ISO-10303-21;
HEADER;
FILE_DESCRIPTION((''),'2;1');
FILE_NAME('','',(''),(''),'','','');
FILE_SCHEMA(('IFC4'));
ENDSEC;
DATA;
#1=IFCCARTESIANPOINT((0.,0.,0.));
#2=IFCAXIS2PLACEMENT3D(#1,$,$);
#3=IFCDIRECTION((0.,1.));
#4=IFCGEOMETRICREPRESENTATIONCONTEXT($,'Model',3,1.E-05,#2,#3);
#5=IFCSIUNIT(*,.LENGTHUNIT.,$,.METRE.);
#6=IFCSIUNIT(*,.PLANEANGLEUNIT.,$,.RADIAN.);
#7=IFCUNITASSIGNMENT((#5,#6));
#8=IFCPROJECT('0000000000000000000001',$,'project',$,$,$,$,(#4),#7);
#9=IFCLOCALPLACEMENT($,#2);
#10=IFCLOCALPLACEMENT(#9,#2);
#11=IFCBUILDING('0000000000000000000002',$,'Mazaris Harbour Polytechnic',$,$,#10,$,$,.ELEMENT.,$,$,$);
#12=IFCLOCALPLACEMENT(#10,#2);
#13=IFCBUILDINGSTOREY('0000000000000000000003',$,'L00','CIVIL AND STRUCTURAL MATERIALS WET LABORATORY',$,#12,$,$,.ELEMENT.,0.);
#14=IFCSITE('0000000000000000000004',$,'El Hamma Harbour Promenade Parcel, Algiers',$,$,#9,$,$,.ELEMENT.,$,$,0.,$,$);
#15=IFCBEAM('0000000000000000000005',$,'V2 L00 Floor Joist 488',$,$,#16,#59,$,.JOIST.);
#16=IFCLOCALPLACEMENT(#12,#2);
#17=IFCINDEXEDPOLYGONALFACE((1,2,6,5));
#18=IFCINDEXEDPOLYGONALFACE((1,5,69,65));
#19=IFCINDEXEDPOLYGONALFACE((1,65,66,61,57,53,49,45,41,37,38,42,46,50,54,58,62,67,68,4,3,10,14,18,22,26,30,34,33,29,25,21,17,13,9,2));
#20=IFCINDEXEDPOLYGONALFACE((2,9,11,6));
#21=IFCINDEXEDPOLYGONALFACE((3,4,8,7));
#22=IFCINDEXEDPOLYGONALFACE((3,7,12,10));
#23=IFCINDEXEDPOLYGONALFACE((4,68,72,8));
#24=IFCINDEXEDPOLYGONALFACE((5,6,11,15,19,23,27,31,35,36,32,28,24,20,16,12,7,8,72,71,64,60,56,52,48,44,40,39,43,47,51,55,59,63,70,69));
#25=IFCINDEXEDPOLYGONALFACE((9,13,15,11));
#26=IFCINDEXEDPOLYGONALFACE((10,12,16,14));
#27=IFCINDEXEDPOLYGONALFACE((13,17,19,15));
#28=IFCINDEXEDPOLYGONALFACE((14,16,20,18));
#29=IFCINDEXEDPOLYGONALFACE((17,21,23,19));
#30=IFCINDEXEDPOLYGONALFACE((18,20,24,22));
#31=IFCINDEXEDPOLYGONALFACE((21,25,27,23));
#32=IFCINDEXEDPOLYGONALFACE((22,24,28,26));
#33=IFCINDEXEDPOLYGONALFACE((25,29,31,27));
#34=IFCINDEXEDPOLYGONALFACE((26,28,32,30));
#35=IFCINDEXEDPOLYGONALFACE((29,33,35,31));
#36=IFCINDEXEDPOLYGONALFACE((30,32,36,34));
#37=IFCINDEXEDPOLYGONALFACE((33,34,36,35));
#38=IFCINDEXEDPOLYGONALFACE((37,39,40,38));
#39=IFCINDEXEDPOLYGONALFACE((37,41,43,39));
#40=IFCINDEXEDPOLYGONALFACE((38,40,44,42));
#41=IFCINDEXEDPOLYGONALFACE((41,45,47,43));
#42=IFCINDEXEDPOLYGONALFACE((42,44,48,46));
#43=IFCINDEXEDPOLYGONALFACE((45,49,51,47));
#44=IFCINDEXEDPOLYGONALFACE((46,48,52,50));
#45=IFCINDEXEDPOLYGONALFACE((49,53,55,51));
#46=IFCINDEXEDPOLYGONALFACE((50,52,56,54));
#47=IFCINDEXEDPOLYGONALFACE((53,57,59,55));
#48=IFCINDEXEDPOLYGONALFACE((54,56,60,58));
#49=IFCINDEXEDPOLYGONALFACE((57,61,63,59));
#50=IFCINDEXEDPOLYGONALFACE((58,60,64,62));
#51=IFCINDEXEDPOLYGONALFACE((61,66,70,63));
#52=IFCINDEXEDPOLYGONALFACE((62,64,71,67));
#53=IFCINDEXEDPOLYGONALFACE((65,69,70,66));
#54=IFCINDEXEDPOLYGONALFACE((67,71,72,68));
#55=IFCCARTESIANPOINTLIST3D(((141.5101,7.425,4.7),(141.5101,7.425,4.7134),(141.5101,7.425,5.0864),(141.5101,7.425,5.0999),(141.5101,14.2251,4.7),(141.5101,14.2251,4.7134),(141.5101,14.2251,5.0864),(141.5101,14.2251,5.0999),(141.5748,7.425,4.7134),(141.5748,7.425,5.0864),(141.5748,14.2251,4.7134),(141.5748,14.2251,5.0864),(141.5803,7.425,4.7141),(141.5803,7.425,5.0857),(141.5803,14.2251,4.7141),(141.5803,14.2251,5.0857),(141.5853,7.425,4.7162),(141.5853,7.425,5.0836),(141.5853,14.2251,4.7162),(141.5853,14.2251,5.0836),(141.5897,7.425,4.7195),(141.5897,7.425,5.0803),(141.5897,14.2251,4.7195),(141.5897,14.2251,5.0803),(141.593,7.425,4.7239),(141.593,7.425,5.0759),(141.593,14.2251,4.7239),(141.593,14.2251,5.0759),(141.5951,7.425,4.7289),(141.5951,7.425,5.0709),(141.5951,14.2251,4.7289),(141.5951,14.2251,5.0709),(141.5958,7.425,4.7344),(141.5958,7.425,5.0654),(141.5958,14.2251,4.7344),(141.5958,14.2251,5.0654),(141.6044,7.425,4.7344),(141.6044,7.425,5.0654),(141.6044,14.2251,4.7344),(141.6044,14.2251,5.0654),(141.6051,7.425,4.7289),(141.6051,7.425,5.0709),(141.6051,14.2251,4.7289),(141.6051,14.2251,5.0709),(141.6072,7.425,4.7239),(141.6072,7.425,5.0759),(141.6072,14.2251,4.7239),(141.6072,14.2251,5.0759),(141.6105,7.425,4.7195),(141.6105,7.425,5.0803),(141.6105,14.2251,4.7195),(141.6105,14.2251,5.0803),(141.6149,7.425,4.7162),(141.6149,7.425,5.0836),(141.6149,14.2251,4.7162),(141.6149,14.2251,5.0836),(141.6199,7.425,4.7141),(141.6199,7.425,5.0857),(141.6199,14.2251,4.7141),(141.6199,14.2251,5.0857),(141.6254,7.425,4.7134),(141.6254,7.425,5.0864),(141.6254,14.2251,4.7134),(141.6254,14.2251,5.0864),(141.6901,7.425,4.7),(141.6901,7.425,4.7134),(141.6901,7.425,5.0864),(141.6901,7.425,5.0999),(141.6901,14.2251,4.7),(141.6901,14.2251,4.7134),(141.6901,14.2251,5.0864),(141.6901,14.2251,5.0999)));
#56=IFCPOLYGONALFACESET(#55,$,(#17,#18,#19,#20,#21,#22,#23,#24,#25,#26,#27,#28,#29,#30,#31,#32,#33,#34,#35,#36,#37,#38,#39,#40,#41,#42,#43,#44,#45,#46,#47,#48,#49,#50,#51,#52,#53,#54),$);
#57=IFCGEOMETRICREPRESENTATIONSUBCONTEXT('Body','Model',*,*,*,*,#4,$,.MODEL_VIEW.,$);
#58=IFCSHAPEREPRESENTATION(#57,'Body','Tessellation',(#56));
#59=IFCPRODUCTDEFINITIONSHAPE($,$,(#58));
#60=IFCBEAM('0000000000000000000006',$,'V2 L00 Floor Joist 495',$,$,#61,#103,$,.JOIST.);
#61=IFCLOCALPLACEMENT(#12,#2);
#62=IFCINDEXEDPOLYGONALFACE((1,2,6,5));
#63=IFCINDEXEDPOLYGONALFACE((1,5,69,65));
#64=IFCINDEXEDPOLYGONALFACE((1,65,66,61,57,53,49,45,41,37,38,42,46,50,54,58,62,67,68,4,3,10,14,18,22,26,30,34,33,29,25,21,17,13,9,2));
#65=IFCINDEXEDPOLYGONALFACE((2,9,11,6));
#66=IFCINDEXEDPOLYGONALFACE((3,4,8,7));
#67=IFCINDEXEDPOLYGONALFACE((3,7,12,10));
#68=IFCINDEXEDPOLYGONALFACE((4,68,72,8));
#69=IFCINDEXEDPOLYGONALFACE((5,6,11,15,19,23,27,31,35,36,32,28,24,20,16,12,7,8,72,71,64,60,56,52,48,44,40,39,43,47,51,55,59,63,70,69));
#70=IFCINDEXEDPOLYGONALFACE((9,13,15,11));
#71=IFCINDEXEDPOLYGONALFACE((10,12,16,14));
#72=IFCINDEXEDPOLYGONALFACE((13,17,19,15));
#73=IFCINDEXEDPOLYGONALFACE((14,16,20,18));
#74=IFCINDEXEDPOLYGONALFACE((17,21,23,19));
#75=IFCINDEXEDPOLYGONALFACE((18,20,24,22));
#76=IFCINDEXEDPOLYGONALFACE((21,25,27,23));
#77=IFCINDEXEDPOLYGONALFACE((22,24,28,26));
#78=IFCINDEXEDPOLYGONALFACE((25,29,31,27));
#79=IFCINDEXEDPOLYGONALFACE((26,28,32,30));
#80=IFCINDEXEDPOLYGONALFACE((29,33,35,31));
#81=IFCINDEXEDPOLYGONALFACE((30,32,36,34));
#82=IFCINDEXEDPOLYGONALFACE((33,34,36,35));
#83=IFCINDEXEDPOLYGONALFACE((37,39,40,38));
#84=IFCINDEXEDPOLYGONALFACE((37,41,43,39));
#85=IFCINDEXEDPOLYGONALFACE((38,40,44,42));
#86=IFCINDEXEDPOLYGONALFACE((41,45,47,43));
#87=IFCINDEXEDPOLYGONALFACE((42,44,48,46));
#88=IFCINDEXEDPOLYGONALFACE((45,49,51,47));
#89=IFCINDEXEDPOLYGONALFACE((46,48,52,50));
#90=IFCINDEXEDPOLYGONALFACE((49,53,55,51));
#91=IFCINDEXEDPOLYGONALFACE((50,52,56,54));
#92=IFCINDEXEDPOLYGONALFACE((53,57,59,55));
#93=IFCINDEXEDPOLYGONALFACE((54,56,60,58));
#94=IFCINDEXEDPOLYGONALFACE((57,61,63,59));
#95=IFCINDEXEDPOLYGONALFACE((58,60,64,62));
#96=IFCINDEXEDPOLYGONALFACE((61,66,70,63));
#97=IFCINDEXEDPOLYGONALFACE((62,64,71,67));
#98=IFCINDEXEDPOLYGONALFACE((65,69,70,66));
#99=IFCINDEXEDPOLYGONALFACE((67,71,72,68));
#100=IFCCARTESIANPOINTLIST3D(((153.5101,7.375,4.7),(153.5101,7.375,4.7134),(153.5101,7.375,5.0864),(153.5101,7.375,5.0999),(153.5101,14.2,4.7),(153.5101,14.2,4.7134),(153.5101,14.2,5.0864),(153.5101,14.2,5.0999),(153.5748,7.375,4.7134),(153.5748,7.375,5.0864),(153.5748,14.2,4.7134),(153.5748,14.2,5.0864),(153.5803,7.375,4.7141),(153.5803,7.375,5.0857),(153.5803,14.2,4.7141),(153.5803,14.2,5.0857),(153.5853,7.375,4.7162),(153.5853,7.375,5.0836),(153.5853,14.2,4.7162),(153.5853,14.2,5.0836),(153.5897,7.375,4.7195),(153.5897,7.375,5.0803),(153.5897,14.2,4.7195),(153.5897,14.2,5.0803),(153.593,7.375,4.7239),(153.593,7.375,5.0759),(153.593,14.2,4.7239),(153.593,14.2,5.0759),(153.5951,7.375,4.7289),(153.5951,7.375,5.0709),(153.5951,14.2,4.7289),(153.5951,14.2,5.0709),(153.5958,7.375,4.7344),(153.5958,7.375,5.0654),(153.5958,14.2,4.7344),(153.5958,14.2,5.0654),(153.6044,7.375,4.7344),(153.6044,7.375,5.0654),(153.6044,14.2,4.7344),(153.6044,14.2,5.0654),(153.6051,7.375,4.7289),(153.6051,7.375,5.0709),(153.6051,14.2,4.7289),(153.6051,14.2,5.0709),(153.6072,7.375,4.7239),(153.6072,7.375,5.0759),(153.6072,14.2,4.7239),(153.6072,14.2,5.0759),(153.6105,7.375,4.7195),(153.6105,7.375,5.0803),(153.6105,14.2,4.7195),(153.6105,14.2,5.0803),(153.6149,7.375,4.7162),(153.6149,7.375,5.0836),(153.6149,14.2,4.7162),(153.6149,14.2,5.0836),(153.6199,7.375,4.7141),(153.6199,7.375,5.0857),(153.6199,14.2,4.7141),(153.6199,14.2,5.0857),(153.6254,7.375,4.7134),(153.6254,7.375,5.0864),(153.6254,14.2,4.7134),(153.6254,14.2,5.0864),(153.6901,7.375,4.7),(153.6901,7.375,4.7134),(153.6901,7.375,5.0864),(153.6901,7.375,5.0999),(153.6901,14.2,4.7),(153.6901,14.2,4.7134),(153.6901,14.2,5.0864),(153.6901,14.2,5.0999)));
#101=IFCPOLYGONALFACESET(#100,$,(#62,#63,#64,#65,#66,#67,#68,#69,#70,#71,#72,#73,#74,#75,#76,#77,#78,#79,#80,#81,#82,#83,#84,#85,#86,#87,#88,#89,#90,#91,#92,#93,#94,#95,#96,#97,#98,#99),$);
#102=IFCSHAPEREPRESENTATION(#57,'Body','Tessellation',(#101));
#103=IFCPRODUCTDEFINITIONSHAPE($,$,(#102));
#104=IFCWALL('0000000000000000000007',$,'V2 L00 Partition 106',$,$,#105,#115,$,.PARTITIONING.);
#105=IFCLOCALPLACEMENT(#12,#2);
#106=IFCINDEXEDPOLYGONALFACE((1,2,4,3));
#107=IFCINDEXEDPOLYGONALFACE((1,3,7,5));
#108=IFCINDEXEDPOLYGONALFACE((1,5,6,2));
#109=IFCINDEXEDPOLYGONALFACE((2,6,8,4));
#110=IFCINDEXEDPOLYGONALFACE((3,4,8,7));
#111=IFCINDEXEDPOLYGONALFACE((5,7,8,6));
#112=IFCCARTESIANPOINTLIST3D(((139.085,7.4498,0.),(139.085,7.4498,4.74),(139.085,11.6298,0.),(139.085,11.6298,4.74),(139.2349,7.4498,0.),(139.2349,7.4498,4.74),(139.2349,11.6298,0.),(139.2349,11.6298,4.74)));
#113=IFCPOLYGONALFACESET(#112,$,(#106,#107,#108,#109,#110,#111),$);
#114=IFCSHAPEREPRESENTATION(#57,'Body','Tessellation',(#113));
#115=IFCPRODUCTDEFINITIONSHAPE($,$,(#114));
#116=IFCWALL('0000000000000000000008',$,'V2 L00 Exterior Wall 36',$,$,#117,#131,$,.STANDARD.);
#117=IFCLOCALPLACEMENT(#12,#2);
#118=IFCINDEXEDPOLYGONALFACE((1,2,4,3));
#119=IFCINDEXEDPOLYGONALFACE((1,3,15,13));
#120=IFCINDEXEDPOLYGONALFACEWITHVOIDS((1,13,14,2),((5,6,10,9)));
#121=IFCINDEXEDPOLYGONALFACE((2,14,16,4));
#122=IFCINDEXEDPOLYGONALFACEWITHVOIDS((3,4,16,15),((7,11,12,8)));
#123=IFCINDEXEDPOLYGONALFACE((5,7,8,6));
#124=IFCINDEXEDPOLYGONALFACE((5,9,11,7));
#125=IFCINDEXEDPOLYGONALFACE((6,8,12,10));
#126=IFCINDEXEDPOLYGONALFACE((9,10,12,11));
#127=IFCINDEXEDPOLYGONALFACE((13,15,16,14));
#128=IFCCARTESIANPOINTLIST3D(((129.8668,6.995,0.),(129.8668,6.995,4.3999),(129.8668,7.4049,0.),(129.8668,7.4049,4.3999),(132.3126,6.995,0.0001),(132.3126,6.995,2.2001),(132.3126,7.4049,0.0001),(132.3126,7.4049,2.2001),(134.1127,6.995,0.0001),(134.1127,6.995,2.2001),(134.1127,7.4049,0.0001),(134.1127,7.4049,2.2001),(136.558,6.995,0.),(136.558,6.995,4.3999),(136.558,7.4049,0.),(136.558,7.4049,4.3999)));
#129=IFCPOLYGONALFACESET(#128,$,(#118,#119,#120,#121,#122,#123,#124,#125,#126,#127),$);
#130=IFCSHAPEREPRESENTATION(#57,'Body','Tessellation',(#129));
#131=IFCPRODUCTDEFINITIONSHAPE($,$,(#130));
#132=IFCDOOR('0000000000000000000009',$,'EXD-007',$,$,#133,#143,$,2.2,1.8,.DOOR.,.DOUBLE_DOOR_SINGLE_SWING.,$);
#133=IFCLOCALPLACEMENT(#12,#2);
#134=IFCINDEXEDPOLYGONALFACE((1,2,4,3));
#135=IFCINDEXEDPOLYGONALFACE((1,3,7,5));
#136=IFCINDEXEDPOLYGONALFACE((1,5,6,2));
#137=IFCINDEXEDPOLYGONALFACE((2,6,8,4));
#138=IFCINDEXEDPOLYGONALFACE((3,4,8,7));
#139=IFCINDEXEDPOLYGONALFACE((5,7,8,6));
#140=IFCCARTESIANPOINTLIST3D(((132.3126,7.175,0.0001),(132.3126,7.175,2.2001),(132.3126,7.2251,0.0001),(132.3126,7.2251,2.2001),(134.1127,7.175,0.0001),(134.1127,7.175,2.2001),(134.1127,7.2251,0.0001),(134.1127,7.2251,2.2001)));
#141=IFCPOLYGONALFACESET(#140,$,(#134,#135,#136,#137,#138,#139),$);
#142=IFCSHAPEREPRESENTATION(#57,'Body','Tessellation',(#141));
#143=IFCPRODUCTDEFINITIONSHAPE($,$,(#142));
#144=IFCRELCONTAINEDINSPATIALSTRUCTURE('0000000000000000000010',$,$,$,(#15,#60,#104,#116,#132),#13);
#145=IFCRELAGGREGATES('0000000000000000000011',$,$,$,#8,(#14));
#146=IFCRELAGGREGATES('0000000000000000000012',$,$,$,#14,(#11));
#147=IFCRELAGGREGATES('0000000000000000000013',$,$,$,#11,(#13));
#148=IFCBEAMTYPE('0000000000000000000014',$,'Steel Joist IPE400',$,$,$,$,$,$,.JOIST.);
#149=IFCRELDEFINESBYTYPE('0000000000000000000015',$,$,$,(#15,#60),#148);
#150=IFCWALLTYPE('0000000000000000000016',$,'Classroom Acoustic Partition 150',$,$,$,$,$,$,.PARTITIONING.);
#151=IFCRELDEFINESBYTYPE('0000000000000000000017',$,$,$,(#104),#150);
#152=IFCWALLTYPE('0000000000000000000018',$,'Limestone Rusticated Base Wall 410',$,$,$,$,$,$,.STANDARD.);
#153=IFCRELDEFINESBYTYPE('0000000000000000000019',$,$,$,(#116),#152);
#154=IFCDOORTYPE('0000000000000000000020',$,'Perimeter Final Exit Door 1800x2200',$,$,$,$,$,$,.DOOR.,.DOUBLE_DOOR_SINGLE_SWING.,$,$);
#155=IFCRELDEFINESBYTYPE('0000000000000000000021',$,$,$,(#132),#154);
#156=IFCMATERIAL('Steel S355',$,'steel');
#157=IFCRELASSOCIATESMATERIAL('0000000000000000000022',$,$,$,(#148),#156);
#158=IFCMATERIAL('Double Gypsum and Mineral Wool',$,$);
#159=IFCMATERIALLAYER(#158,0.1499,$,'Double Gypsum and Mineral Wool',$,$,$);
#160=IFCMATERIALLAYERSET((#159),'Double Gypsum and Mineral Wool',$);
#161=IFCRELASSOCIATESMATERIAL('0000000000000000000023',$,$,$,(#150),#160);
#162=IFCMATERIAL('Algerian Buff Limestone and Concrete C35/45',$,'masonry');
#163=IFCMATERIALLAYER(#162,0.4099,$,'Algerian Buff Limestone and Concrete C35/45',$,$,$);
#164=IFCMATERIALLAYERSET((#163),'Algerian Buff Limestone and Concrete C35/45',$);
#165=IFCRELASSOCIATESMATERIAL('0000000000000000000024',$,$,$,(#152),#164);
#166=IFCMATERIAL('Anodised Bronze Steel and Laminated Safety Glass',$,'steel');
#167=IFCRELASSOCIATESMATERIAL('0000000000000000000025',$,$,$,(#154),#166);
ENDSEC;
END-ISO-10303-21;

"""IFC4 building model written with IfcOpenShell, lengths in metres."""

from ifc_helpers import new_model, si_unit, direction, frame, frame_2d, origin, origin_2d, place, context, subcontext, project, spatial, rectangle, i_section, extrude, material, layer, layer_set, material_profile, profile_set, type_object, element, fill, save


model = new_model("IFC4")

# Units and contexts
model_context = context("Model", 3, precision=1e-05, world=origin(), true_north=direction((0.0, 1.0)))
body_context = subcontext(model_context, "Body", "Model", "MODEL_VIEW")
ifc_project = project(units=[si_unit("LENGTHUNIT", "METRE"), si_unit("PLANEANGLEUNIT", "RADIAN")], contexts=[model_context])

# Site, building, storey
site_placement = place(None, origin())
site = spatial("IfcSite", under=ifc_project, at=site_placement, Name="El Hamma Harbour Promenade Parcel, Algiers", CompositionType="ELEMENT", RefElevation=0.0)
building_placement = place(site_placement, origin())
building = spatial("IfcBuilding", under=site, at=building_placement, Name="Mazaris Harbour Polytechnic", CompositionType="ELEMENT")
storey_placement = place(building_placement, origin())
storey = spatial("IfcBuildingStorey", under=building, at=storey_placement, Name="L00", Description="CIVIL AND STRUCTURAL MATERIALS WET LABORATORY", CompositionType="ELEMENT", Elevation=0.0)

# Beams
ifc_material_1 = material(Name="Steel S355", Category="steel")
ifc_material_profile_1 = material_profile(ifc_material_1, i_section(OverallWidth=0.1799, OverallDepth=0.3999, WebThickness=0.0085, FlangeThickness=0.0134, FilletRadius=0.021, at=origin_2d()), Name="IPE 400")
ifc_profile_set_1 = profile_set([ifc_material_profile_1], Name="Steel S355")
beam_type_1 = type_object("IfcBeamType", Name="Steel Joist IPE400", PredefinedType="JOIST", material=ifc_profile_set_1)
beam_1_placement = place(storey_placement, frame((141.6001, 7.425, 4.8999), z_axis=(0.0, 1.0, 0.0), x_axis=(-1.0, 0.0, 0.0)))
element("IfcBeam", 1, at=beam_1_placement, inside=storey, type_object=beam_type_1, Name="V2 L00 Floor Joist 488", PredefinedType="JOIST", context=body_context, shape_type="SweptSolid", body=[
    extrude(i_section(OverallWidth=0.1799, OverallDepth=0.3999, WebThickness=0.0085, FlangeThickness=0.0134, FilletRadius=0.021, at=origin_2d()), origin(), (0.0, 0.0, 1.0), 6.8),
])
beam_2_placement = place(storey_placement, frame((153.6001, 7.375, 4.8999), z_axis=(0.0, 1.0, 0.0), x_axis=(-1.0, 0.0, 0.0)))
element("IfcBeam", 2, at=beam_2_placement, inside=storey, type_object=beam_type_1, Name="V2 L00 Floor Joist 495", PredefinedType="JOIST", context=body_context, shape_type="SweptSolid", body=[
    extrude(i_section(OverallWidth=0.1799, OverallDepth=0.3999, WebThickness=0.0085, FlangeThickness=0.0134, FilletRadius=0.021, at=origin_2d()), origin(), (0.0, 0.0, 1.0), 6.825),
])

# Wall
ifc_material_2 = material(Name="Double Gypsum and Mineral Wool")
ifc_layer_1 = layer(ifc_material_2, 0.1499, Name="Double Gypsum and Mineral Wool")
ifc_layer_set_1 = layer_set([ifc_layer_1], Name="Double Gypsum and Mineral Wool")
wall_type_1 = type_object("IfcWallType", Name="Classroom Acoustic Partition 150", PredefinedType="PARTITIONING", material=ifc_layer_set_1)
wall_1_placement = place(storey_placement, frame((139.1599, 7.45, 0.0), z_axis=(0.0, 0.0, 1.0), x_axis=(0.0, 1.0, 0.0)))
element("IfcWall", 3, at=wall_1_placement, inside=storey, type_object=wall_type_1, Name="V2 L00 Partition 106", PredefinedType="PARTITIONING", context=body_context, shape_type="SweptSolid", body=[
    extrude(rectangle(XDim=4.1799, YDim=0.1499, at=frame_2d((2.0898, 0.0))), origin(), (0.0, 0.0, 1.0), 4.74),
])

# Wall, opening, door
ifc_material_3 = material(Name="Algerian Buff Limestone and Concrete C35/45", Category="masonry")
ifc_layer_2 = layer(ifc_material_3, 0.4099, Name="Algerian Buff Limestone and Concrete C35/45")
ifc_layer_set_2 = layer_set([ifc_layer_2], Name="Algerian Buff Limestone and Concrete C35/45")
wall_type_2 = type_object("IfcWallType", Name="Limestone Rusticated Base Wall 410", PredefinedType="STANDARD", material=ifc_layer_set_2)
wall_2_placement = place(storey_placement, frame((136.5581, 7.2, 0.0), z_axis=(0.0, 0.0, 1.0), x_axis=(-1.0, 0.0, 0.0)))
wall_2 = element("IfcWall", 4, at=wall_2_placement, inside=storey, type_object=wall_type_2, Name="V2 L00 Exterior Wall 36", PredefinedType="STANDARD", context=body_context, shape_type="SweptSolid", body=[
    extrude(rectangle(XDim=6.6912, YDim=0.4099, at=frame_2d((3.3457, 0.0))), origin(), (0.0, 0.0, 1.0), 4.3999),
])
opening_1_placement = place(wall_2_placement, frame((2.4456, 0.0, 0.0)))
opening_1 = element("IfcOpeningElement", 5, at=opening_1_placement, cuts=wall_2, PredefinedType="OPENING", context=body_context, shape_type="SweptSolid", body=[
    extrude(rectangle(XDim=1.8, YDim=2.2, at=frame_2d((0.8999, 1.1001))), frame((0.0, 0.2148, 0.0), z_axis=(0.0, -1.0, 0.0), x_axis=(1.0, 0.0, 0.0)), (0.0, 0.0, 1.0), 0.4299),
])
ifc_material_4 = material(Name="Anodised Bronze Steel and Laminated Safety Glass", Category="steel")
door_type = type_object("IfcDoorType", Name="Perimeter Final Exit Door 1800x2200", OperationType="DOUBLE_DOOR_SINGLE_SWING", PredefinedType="DOOR", material=ifc_material_4)
door_placement = place(opening_1_placement, origin())
door = element("IfcDoor", 6, at=door_placement, inside=storey, type_object=door_type, Name="EXD-007", OperationType="DOUBLE_DOOR_SINGLE_SWING", OverallHeight=2.2, OverallWidth=1.8, PredefinedType="DOOR", context=body_context, shape_type="SweptSolid", body=[
    extrude(rectangle(XDim=1.8, YDim=2.2, at=frame_2d((0.8999, 1.1001))), frame((0.0, 0.0249, 0.0), z_axis=(0.0, -1.0, 0.0), x_axis=(1.0, 0.0, 0.0)), (0.0, 0.0, 1.0), 0.05),
])
fill(opening_1, door)

save(model, "model.ifc")
